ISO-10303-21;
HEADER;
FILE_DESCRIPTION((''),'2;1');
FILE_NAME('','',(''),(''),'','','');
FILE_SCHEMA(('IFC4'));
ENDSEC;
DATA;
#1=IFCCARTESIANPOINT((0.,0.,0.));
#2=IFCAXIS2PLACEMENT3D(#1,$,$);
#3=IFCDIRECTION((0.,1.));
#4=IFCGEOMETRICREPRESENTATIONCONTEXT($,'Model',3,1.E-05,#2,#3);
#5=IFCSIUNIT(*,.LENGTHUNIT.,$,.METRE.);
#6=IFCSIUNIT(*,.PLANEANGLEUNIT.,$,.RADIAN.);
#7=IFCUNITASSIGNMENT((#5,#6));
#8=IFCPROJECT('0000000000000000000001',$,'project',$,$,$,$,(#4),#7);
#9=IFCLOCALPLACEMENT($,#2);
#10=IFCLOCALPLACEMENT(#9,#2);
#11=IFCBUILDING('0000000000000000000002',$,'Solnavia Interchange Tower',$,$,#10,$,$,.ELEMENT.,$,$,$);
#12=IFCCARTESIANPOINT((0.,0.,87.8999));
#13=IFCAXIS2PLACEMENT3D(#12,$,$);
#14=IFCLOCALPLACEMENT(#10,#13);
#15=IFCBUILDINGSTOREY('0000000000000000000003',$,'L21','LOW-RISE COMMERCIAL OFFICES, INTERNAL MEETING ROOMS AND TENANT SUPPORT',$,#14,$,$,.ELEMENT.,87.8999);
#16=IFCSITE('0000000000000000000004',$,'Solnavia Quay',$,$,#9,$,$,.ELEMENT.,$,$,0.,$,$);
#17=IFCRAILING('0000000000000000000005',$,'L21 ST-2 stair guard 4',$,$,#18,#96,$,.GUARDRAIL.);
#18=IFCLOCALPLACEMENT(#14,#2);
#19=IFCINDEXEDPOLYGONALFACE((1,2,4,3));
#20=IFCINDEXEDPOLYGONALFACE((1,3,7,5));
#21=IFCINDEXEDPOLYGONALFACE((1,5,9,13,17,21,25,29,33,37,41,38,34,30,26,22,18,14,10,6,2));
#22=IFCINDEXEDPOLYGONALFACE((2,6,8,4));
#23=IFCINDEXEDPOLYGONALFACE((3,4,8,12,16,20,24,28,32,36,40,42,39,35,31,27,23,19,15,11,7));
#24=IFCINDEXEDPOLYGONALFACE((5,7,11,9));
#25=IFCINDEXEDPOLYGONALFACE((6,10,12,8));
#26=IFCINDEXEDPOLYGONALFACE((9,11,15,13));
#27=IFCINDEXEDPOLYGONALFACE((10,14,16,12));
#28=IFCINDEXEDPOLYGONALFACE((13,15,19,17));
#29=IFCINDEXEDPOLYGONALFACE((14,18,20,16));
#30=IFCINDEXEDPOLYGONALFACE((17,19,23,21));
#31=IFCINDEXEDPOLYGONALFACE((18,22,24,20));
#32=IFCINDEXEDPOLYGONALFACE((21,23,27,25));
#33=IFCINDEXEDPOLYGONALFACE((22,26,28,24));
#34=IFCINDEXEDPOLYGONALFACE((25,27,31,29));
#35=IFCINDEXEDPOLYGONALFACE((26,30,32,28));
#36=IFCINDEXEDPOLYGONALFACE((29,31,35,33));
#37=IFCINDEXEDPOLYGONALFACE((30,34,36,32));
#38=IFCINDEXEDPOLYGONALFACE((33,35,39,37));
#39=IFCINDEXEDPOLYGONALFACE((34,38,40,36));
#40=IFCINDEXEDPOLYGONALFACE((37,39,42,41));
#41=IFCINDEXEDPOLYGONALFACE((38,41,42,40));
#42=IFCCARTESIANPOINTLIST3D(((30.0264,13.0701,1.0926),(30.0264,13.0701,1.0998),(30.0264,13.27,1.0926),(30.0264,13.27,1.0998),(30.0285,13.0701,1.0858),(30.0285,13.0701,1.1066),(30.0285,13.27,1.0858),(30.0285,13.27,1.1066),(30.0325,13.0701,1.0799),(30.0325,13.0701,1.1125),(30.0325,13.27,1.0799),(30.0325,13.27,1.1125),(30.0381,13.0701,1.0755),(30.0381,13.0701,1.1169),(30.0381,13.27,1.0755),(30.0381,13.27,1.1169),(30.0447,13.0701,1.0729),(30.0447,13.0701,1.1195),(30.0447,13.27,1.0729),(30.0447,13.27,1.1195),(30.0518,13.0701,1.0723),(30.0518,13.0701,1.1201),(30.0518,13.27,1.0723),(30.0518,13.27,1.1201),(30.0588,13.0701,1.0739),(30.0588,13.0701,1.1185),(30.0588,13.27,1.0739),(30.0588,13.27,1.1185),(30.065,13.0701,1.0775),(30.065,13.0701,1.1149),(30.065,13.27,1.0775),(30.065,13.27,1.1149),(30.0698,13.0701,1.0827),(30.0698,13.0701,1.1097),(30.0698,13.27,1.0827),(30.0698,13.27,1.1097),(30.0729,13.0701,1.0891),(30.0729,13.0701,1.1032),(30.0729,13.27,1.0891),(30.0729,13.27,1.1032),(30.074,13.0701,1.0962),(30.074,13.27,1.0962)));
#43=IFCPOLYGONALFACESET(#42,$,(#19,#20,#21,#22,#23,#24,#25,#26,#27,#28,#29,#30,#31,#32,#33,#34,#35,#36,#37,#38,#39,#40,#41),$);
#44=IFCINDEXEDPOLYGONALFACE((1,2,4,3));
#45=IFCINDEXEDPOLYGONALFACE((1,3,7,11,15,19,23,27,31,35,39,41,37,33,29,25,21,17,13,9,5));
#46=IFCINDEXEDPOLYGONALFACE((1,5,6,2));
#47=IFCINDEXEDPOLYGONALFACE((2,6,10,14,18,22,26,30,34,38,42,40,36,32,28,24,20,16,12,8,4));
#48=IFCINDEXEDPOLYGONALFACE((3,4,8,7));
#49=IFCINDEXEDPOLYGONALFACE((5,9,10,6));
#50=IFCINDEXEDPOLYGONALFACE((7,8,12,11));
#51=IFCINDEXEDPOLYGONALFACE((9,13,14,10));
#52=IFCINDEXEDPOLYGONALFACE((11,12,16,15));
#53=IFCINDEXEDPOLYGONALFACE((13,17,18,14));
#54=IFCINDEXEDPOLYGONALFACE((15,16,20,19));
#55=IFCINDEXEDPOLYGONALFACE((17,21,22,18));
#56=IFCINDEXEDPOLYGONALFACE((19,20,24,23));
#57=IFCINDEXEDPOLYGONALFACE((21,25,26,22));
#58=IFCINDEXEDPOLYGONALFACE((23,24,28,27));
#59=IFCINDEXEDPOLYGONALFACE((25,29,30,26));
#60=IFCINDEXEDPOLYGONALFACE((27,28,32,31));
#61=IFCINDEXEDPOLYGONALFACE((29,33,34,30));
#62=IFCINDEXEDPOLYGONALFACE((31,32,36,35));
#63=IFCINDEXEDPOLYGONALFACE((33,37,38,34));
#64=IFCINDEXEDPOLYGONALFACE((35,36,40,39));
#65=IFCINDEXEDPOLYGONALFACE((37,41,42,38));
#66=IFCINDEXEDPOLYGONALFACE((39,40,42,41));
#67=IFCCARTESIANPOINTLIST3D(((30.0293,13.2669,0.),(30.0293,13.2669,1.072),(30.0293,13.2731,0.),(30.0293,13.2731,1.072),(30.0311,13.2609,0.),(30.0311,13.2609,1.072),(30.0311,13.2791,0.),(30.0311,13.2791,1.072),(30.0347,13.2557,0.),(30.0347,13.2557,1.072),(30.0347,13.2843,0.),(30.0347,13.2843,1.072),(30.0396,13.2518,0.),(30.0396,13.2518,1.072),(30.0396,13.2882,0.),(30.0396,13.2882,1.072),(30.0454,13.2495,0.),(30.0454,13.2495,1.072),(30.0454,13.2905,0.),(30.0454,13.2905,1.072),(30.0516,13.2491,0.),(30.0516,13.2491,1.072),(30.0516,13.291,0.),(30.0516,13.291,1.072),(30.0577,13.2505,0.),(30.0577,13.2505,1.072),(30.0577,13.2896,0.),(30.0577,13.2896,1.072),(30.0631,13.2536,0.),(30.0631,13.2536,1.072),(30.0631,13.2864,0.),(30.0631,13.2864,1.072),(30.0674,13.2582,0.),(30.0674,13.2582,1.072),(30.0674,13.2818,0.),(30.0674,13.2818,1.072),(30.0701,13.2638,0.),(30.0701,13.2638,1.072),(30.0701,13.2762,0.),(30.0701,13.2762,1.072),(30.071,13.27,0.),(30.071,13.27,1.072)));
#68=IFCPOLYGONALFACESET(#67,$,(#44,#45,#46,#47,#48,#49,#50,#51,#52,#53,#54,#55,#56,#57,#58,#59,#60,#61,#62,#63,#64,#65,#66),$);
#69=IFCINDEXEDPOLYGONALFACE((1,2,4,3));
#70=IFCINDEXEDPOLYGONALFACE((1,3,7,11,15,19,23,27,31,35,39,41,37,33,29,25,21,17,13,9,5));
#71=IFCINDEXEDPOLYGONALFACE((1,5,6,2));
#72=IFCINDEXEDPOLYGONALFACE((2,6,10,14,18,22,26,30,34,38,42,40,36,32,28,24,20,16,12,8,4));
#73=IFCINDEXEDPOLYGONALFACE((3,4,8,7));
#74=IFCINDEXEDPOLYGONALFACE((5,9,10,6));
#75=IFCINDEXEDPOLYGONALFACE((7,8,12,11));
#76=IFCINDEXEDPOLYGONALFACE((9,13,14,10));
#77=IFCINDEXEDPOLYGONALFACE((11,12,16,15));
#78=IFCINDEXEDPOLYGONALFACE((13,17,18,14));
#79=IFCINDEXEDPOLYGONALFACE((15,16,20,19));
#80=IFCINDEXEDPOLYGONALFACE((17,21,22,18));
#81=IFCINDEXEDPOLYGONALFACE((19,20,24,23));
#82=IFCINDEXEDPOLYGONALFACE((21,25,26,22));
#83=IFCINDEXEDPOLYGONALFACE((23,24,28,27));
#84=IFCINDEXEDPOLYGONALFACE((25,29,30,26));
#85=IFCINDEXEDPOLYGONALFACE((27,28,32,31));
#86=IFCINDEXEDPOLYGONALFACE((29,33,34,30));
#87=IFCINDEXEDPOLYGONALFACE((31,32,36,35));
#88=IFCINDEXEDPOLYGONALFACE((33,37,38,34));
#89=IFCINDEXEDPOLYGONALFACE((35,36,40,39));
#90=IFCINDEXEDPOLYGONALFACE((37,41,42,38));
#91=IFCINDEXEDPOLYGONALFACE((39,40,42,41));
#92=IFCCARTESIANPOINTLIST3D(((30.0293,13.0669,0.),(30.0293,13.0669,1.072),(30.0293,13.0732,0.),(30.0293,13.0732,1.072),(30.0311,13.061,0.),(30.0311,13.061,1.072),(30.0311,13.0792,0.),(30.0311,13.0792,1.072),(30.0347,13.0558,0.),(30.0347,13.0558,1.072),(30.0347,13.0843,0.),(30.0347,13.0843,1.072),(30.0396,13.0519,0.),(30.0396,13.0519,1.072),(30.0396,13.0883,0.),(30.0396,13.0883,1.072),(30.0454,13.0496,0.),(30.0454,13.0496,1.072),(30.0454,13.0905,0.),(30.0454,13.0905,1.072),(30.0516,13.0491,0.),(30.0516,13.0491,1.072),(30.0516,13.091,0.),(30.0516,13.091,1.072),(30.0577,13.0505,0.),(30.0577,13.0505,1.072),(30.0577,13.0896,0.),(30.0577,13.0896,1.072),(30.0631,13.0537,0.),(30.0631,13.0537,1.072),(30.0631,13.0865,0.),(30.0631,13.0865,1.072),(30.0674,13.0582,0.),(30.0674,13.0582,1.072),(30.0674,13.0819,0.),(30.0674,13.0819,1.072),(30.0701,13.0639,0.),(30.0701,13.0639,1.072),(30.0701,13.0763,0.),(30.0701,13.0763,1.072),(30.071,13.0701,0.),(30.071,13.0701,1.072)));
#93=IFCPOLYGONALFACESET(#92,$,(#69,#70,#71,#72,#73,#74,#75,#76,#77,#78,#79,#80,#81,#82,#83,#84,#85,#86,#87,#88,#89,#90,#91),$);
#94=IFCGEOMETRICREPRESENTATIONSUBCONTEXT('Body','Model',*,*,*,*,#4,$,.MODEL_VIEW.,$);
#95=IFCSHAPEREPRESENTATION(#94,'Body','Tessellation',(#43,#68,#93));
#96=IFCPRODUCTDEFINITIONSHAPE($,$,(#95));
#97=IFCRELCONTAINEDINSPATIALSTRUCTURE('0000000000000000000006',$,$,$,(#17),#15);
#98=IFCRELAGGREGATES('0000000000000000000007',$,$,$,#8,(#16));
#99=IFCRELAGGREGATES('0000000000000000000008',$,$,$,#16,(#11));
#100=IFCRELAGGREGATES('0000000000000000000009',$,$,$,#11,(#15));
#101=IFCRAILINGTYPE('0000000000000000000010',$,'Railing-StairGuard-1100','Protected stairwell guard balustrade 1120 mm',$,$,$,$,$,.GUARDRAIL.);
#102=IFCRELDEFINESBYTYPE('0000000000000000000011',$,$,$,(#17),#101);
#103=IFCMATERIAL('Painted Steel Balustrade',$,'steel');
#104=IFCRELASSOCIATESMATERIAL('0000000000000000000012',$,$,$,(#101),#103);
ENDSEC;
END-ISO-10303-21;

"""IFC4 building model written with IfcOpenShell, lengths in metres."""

from ifc_helpers import new_model, si_unit, direction, frame, origin, origin_2d, place, context, subcontext, project, spatial, circle, extrude, material, type_object, element, save


model = new_model("IFC4")

# Units and contexts
model_context = context("Model", 3, precision=1e-05, world=origin(), true_north=direction((0.0, 1.0)))
body_context = subcontext(model_context, "Body", "Model", "MODEL_VIEW")
ifc_project = project(units=[si_unit("LENGTHUNIT", "METRE"), si_unit("PLANEANGLEUNIT", "RADIAN")], contexts=[model_context])

# Site, building, storey
site_placement = place(None, origin())
site = spatial("IfcSite", under=ifc_project, at=site_placement, Name="Solnavia Quay", CompositionType="ELEMENT", RefElevation=0.0)
building_placement = place(site_placement, origin())
building = spatial("IfcBuilding", under=site, at=building_placement, Name="Solnavia Interchange Tower", CompositionType="ELEMENT")
storey_placement = place(building_placement, frame((0.0, 0.0, 87.8999)))
storey = spatial("IfcBuildingStorey", under=building, at=storey_placement, Name="L21", Description="LOW-RISE COMMERCIAL OFFICES, INTERNAL MEETING ROOMS AND TENANT SUPPORT", CompositionType="ELEMENT", Elevation=87.8999)

# Railing
ifc_material_1 = material(Name="Painted Steel Balustrade", Category="steel")
railing_type_1 = type_object("IfcRailingType", Name="Railing-StairGuard-1100", Description="Protected stairwell guard balustrade 1120 mm", PredefinedType="GUARDRAIL", material=ifc_material_1)
railing_1_placement = place(storey_placement, frame((30.05, 13.27, 0.0)))
element("IfcRailing", 1, at=railing_1_placement, inside=storey, type_object=railing_type_1, Name="L21 ST-2 stair guard 4", PredefinedType="GUARDRAIL", context=body_context, shape_type="SweptSolid", body=[
    extrude(circle(Radius=0.0239, at=origin_2d()), frame((0.0, 0.0, 1.0962), z_axis=(0.0, -1.0, 0.0), x_axis=(1.0, 0.0, 0.0)), (0.0, 0.0, 1.0), 0.2),
    extrude(circle(Radius=0.021, at=origin_2d()), origin(), (0.0, 0.0, 1.0), 1.072),
    extrude(circle(Radius=0.021, at=origin_2d()), frame((0.0, -0.2, 0.0)), (0.0, 0.0, 1.0), 1.072),
])

save(model, "model.ifc")
